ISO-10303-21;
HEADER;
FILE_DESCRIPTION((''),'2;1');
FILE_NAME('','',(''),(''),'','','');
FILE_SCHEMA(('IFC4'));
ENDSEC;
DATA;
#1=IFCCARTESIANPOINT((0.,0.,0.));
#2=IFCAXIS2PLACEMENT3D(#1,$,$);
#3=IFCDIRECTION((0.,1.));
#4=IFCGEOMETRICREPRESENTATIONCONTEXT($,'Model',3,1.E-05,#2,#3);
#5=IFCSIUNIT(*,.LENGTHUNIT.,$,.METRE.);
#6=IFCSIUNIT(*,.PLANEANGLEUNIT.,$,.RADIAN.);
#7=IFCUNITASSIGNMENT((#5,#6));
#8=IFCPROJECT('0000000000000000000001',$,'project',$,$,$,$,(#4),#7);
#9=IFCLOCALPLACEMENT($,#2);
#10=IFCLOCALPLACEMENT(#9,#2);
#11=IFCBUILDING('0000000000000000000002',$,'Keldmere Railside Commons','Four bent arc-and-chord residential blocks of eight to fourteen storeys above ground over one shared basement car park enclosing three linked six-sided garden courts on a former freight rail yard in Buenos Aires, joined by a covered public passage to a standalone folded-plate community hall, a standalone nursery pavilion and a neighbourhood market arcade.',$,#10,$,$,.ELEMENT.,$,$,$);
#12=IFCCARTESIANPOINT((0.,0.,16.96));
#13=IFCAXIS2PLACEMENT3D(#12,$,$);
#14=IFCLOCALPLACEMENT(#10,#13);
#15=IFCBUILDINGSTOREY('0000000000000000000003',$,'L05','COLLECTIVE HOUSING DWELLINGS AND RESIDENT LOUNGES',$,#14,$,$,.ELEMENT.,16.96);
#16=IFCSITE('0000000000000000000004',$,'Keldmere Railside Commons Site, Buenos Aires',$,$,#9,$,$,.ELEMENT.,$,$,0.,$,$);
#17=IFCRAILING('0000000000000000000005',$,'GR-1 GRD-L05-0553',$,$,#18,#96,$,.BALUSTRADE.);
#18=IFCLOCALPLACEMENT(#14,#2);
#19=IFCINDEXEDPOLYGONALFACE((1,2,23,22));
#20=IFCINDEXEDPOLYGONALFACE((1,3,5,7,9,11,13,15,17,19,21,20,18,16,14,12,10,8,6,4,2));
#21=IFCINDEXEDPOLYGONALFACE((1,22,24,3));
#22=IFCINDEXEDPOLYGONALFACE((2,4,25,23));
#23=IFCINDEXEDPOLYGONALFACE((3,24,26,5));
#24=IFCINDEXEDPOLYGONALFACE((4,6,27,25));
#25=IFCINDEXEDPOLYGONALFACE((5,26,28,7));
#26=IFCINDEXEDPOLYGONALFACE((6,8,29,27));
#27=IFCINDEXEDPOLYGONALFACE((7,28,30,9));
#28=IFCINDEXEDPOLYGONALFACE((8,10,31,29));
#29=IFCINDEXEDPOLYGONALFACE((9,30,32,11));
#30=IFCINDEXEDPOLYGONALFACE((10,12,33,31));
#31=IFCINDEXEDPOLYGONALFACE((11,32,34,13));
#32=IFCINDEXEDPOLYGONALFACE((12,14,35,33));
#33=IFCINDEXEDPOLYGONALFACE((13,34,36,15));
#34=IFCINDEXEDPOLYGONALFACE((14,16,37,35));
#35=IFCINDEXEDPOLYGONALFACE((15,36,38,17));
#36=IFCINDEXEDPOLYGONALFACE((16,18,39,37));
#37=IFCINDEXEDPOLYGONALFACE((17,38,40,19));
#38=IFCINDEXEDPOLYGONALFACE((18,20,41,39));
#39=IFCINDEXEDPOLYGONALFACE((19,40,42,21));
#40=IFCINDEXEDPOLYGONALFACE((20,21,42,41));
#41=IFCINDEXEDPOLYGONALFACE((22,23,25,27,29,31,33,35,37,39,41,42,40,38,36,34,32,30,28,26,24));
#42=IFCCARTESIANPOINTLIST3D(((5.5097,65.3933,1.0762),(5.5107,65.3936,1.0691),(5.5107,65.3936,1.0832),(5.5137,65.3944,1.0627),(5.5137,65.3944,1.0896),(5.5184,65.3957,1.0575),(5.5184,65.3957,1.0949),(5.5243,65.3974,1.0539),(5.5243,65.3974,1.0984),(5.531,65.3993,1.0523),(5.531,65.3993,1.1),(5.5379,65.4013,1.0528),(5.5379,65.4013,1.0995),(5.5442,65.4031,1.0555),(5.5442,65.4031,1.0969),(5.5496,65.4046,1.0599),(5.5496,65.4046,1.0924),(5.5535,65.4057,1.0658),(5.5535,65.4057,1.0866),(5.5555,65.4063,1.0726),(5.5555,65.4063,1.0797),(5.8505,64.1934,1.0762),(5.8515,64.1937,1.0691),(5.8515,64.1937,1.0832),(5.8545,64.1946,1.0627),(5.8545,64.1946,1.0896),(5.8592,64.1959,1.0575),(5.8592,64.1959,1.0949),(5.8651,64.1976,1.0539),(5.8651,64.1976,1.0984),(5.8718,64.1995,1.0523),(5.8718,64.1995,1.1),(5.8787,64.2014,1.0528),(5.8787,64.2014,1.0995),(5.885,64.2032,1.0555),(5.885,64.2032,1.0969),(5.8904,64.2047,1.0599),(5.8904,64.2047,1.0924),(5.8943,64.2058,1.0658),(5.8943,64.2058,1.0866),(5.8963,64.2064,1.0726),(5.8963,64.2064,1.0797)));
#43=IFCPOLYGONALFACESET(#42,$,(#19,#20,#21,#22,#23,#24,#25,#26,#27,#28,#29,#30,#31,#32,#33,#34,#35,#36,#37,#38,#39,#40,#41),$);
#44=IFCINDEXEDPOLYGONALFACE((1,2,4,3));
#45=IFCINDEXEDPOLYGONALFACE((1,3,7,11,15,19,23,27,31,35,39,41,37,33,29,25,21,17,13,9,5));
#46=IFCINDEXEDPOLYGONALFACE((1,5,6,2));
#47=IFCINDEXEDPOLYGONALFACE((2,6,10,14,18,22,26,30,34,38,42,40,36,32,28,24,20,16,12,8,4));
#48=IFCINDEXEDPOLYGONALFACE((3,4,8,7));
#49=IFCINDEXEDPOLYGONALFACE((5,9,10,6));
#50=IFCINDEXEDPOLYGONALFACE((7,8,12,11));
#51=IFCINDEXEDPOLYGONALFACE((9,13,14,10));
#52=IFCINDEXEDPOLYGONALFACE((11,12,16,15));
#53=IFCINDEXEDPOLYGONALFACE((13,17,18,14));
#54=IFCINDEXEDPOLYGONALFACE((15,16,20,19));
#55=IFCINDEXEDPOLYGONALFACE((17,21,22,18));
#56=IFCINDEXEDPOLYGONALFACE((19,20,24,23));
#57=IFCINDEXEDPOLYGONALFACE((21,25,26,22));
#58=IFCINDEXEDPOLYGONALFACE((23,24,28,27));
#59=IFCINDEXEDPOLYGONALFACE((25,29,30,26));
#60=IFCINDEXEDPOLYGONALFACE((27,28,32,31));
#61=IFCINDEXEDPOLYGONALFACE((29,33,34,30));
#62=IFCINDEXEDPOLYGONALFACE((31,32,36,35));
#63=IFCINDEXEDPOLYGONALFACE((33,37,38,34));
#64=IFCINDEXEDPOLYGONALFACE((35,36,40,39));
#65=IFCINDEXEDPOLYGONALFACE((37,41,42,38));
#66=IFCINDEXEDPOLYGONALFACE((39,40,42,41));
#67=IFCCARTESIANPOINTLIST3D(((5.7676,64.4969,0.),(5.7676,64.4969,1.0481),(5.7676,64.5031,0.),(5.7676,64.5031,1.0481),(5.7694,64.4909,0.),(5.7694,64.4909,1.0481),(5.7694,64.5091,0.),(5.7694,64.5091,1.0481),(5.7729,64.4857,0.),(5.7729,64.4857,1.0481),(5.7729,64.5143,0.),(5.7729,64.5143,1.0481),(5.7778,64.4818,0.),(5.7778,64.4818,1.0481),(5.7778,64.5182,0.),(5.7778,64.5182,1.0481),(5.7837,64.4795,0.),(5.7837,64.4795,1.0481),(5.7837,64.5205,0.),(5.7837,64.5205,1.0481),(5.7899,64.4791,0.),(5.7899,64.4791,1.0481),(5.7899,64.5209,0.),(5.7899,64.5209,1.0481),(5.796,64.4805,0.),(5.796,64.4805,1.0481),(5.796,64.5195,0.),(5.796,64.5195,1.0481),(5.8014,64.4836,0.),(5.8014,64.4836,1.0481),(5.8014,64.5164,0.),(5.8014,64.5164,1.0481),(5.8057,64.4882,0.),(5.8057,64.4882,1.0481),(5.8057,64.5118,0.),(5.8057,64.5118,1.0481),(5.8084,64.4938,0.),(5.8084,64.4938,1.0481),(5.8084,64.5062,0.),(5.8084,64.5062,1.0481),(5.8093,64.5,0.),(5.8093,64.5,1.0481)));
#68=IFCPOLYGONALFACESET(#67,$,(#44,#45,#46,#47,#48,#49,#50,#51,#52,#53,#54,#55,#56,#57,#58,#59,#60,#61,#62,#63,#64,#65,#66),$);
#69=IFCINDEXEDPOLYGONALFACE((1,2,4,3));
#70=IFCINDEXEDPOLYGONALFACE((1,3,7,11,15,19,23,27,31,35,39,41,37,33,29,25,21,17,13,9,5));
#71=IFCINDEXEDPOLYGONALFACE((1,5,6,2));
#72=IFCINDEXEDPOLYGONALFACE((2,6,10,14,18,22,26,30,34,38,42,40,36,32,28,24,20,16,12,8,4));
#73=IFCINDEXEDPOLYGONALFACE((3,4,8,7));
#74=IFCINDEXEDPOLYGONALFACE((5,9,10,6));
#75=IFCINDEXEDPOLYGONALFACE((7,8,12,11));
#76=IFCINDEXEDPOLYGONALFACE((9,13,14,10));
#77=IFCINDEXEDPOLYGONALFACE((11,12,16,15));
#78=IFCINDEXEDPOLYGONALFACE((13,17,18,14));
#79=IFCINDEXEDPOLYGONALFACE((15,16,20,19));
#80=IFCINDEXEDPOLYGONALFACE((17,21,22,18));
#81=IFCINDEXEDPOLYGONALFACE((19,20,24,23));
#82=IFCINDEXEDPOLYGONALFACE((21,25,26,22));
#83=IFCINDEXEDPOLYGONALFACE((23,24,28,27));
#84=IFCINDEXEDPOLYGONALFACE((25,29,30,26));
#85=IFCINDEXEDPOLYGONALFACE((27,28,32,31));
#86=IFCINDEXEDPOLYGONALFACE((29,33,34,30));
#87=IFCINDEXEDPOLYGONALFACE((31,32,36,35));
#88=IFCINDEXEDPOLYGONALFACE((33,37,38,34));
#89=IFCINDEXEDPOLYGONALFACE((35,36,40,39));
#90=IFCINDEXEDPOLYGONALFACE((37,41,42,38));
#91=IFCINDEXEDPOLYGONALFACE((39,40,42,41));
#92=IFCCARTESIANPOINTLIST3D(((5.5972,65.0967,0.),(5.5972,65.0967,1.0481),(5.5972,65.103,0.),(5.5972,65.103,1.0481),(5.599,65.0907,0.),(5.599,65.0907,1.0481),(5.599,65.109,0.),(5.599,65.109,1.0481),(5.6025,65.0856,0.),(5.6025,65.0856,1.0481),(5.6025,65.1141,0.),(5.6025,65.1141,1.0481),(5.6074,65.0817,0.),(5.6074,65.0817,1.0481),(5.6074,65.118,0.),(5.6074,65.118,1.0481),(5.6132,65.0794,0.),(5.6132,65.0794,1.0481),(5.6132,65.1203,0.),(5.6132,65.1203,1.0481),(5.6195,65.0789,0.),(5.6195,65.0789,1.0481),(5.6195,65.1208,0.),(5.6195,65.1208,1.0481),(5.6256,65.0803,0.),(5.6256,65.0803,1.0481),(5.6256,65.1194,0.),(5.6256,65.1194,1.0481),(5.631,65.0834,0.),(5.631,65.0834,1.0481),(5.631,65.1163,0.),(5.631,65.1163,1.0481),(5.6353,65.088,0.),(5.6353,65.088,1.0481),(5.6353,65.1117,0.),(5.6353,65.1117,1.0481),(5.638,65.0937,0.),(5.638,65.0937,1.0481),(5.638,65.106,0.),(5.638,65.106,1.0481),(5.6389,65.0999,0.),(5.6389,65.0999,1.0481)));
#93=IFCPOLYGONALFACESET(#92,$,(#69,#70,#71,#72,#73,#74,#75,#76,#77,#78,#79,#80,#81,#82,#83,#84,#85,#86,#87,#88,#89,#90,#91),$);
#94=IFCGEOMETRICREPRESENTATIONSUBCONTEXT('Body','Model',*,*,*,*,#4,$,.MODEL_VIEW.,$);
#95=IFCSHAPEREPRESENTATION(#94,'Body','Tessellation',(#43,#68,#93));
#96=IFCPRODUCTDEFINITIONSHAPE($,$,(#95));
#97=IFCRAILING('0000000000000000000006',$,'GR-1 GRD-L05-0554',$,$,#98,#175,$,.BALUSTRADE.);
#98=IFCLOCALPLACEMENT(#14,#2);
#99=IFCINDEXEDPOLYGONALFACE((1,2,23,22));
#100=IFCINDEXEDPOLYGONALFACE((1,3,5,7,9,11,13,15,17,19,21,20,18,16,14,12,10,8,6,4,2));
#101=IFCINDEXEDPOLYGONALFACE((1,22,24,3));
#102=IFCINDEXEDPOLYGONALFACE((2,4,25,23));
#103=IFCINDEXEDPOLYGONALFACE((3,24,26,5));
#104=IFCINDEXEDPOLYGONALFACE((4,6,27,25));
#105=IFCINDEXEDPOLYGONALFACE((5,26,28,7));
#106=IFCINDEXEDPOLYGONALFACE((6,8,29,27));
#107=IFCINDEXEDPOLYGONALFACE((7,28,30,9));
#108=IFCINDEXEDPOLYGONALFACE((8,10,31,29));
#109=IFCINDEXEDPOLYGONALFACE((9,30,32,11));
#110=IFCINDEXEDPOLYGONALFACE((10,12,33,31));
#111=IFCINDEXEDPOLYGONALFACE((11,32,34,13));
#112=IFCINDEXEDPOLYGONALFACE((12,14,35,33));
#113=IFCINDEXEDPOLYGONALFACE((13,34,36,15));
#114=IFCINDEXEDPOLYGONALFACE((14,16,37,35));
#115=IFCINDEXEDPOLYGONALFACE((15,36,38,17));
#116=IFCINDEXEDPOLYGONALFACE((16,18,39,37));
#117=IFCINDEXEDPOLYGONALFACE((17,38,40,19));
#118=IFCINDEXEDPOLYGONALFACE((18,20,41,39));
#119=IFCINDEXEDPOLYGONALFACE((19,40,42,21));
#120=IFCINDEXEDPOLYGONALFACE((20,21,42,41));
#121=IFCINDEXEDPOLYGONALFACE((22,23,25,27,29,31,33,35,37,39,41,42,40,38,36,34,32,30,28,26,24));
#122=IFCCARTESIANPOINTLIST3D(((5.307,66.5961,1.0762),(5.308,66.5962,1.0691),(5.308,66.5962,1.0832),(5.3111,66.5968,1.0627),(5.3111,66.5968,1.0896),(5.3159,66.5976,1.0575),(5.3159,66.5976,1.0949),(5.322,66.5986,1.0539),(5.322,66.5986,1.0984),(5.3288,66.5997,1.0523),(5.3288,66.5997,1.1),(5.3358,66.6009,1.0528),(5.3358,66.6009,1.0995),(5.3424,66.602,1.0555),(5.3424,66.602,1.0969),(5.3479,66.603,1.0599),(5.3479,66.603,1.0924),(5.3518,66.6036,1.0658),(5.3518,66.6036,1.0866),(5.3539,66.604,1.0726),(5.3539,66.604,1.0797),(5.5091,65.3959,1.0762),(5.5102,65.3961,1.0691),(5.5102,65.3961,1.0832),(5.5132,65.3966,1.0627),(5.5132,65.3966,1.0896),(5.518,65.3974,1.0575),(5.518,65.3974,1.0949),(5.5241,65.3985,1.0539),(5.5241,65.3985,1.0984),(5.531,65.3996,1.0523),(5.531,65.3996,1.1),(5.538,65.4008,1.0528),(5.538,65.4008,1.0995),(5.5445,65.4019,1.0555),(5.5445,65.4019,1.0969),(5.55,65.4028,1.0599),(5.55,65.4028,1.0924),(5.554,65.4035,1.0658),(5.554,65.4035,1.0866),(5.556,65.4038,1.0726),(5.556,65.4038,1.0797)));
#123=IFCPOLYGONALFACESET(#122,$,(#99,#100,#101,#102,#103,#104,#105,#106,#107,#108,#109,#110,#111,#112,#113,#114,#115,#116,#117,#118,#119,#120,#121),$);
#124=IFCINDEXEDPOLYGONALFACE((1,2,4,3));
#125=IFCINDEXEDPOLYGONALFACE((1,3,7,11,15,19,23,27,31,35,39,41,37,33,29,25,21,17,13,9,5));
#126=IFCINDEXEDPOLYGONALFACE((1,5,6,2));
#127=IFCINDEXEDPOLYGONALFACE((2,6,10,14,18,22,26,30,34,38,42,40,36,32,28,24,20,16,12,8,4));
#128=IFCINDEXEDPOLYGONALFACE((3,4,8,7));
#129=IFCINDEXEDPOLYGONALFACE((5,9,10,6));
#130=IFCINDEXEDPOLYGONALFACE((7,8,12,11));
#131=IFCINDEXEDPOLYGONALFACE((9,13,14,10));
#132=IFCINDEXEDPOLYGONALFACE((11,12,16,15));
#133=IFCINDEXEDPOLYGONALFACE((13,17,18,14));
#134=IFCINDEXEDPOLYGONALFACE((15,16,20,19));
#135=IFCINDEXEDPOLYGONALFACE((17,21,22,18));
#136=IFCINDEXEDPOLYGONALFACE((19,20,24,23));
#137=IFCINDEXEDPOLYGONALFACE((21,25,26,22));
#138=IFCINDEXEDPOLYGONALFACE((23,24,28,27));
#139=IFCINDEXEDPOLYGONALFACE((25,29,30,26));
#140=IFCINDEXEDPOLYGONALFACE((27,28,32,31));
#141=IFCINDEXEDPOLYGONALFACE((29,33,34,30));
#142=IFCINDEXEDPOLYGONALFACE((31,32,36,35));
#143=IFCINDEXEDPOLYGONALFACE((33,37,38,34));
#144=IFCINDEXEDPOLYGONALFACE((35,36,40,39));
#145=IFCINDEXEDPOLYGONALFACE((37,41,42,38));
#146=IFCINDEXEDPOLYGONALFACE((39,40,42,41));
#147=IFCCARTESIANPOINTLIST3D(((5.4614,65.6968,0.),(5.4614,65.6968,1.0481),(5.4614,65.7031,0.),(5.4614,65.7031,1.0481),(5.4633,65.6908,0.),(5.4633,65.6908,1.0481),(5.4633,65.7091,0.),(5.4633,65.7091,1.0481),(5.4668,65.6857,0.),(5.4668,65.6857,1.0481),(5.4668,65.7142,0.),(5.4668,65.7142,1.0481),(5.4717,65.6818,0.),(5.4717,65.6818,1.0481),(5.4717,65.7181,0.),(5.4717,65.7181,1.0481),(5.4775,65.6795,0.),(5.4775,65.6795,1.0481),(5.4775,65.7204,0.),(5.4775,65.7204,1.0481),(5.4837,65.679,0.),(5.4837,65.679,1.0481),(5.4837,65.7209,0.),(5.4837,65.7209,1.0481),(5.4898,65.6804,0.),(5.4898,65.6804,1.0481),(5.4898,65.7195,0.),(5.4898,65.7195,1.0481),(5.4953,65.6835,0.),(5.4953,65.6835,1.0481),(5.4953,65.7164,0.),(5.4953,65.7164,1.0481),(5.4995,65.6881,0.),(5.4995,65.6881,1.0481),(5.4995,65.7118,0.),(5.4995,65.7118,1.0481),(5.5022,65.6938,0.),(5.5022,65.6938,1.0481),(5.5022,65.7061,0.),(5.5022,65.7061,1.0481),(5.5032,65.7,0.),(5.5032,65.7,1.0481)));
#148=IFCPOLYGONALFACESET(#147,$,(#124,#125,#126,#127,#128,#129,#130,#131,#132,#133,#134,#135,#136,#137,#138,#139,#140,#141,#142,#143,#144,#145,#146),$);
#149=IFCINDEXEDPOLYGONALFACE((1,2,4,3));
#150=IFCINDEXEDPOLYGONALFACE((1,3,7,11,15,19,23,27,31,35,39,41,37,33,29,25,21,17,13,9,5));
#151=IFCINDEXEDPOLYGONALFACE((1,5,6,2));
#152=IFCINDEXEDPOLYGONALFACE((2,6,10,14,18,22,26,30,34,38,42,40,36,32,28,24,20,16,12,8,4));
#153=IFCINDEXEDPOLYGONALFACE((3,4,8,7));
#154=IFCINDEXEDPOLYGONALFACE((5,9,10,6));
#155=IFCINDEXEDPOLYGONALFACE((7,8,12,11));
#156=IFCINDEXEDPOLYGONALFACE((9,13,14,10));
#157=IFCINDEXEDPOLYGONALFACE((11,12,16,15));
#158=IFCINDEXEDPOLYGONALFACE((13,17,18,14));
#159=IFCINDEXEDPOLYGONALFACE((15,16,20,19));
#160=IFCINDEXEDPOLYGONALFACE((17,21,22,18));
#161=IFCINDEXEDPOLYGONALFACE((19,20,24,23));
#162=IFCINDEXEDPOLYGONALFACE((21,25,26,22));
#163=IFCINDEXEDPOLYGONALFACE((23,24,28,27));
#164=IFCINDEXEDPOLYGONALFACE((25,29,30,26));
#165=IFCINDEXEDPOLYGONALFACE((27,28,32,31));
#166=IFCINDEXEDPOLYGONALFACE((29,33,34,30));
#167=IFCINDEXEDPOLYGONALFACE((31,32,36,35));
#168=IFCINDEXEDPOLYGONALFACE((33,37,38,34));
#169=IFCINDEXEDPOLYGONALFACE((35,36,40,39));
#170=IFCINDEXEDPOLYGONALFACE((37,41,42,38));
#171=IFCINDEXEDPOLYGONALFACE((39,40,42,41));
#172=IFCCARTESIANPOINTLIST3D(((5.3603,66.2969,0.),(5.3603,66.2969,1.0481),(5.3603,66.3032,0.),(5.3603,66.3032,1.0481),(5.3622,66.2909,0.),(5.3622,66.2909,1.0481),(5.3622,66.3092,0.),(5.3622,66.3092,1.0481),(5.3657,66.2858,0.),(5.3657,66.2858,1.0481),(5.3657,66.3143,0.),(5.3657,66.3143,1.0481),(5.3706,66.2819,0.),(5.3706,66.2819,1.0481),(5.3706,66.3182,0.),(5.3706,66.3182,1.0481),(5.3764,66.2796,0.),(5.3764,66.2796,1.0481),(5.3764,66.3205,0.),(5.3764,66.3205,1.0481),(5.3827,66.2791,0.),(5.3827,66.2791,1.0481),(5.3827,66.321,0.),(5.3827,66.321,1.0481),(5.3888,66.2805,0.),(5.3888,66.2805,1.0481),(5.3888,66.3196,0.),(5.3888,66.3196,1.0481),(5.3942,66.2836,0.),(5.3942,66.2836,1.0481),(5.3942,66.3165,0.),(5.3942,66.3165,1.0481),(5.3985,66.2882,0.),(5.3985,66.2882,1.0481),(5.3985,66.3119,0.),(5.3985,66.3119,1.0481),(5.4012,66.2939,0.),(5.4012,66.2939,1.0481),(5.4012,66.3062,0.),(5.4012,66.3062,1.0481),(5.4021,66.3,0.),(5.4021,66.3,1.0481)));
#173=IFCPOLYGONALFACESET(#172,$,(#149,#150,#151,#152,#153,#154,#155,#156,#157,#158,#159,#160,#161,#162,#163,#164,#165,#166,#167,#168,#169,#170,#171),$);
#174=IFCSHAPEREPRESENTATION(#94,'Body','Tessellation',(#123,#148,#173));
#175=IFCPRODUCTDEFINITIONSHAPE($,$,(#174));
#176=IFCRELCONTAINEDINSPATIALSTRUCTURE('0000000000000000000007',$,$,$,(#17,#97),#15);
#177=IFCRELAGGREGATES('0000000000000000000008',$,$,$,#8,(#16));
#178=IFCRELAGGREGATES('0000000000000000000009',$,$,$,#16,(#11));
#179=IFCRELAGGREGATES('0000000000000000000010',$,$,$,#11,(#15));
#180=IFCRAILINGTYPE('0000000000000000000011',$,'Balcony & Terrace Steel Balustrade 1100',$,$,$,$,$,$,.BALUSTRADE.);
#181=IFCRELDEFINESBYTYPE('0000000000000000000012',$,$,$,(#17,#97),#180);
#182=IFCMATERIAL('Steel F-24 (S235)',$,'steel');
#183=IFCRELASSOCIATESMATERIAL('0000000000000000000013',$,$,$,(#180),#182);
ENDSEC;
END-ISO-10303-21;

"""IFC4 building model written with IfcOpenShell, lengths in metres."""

from ifc_helpers import new_model, si_unit, direction, frame, origin, origin_2d, place, context, subcontext, project, spatial, circle, extrude, material, type_object, element, save


model = new_model("IFC4")

# Units and contexts
model_context = context("Model", 3, precision=1e-05, world=origin(), true_north=direction((0.0, 1.0)))
body_context = subcontext(model_context, "Body", "Model", "MODEL_VIEW")
ifc_project = project(units=[si_unit("LENGTHUNIT", "METRE"), si_unit("PLANEANGLEUNIT", "RADIAN")], contexts=[model_context])

# Site, building, storey
site_placement = place(None, origin())
site = spatial("IfcSite", under=ifc_project, at=site_placement, Name="Keldmere Railside Commons Site, Buenos Aires", CompositionType="ELEMENT", RefElevation=0.0)
building_placement = place(site_placement, origin())
building = spatial("IfcBuilding", under=site, at=building_placement, Name="Keldmere Railside Commons", Description="Four bent arc-and-chord residential blocks of eight to fourteen storeys above ground over one shared basement car park enclosing three linked six-sided garden courts on a former freight rail yard in Buenos Aires, joined by a covered public passage to a standalone folded-plate community hall, a standalone nursery pavilion and a neighbourhood market arcade.", CompositionType="ELEMENT")
storey_placement = place(building_placement, frame((0.0, 0.0, 16.96)))
storey = spatial("IfcBuildingStorey", under=building, at=storey_placement, Name="L05", Description="COLLECTIVE HOUSING DWELLINGS AND RESIDENT LOUNGES", CompositionType="ELEMENT", Elevation=16.96)

# Railings
ifc_material_1 = material(Name="Steel F-24 (S235)", Category="steel")
railing_type_1 = type_object("IfcRailingType", Name="Balcony & Terrace Steel Balustrade 1100", PredefinedType="BALUSTRADE", material=ifc_material_1)
railing_1_placement = place(storey_placement, frame((5.8735, 64.2, 0.0)))
element("IfcRailing", 1, at=railing_1_placement, inside=storey, type_object=railing_type_1, Name="GR-1 GRD-L05-0553", PredefinedType="BALUSTRADE", context=body_context, shape_type="SweptSolid", body=[
    extrude(circle(Radius=0.0239, at=origin_2d()), frame((0.0, 0.0, 1.0762), z_axis=(-0.273222, 0.961951, 0.0), x_axis=(-0.961951, -0.273222, 0.0)), (0.0, 0.0, 1.0), 1.2473),
    extrude(circle(Radius=0.021, at=origin_2d()), frame((-0.0852, 0.3, 0.0)), (0.0, 0.0, 1.0), 1.0481),
    extrude(circle(Radius=0.021, at=origin_2d()), frame((-0.2556, 0.8999, 0.0)), (0.0, 0.0, 1.0), 1.0481),
])
railing_2_placement = place(storey_placement, frame((5.5327, 65.3999, 0.0)))
element("IfcRailing", 2, at=railing_2_placement, inside=storey, type_object=railing_type_1, Name="GR-1 GRD-L05-0554", PredefinedType="BALUSTRADE", context=body_context, shape_type="SweptSolid", body=[
    extrude(circle(Radius=0.0239, at=origin_2d()), frame((0.0, 0.0, 1.0762), z_axis=(-0.16609, 0.986111, 0.0), x_axis=(-0.986111, -0.16609, 0.0)), (0.0, 0.0, 1.0), 1.217),
    extrude(circle(Radius=0.021, at=origin_2d()), frame((-0.0505, 0.3, 0.0)), (0.0, 0.0, 1.0), 1.0481),
    extrude(circle(Radius=0.021, at=origin_2d()), frame((-0.1516, 0.9001, 0.0)), (0.0, 0.0, 1.0), 1.0481),
])

save(model, "model.ifc")
